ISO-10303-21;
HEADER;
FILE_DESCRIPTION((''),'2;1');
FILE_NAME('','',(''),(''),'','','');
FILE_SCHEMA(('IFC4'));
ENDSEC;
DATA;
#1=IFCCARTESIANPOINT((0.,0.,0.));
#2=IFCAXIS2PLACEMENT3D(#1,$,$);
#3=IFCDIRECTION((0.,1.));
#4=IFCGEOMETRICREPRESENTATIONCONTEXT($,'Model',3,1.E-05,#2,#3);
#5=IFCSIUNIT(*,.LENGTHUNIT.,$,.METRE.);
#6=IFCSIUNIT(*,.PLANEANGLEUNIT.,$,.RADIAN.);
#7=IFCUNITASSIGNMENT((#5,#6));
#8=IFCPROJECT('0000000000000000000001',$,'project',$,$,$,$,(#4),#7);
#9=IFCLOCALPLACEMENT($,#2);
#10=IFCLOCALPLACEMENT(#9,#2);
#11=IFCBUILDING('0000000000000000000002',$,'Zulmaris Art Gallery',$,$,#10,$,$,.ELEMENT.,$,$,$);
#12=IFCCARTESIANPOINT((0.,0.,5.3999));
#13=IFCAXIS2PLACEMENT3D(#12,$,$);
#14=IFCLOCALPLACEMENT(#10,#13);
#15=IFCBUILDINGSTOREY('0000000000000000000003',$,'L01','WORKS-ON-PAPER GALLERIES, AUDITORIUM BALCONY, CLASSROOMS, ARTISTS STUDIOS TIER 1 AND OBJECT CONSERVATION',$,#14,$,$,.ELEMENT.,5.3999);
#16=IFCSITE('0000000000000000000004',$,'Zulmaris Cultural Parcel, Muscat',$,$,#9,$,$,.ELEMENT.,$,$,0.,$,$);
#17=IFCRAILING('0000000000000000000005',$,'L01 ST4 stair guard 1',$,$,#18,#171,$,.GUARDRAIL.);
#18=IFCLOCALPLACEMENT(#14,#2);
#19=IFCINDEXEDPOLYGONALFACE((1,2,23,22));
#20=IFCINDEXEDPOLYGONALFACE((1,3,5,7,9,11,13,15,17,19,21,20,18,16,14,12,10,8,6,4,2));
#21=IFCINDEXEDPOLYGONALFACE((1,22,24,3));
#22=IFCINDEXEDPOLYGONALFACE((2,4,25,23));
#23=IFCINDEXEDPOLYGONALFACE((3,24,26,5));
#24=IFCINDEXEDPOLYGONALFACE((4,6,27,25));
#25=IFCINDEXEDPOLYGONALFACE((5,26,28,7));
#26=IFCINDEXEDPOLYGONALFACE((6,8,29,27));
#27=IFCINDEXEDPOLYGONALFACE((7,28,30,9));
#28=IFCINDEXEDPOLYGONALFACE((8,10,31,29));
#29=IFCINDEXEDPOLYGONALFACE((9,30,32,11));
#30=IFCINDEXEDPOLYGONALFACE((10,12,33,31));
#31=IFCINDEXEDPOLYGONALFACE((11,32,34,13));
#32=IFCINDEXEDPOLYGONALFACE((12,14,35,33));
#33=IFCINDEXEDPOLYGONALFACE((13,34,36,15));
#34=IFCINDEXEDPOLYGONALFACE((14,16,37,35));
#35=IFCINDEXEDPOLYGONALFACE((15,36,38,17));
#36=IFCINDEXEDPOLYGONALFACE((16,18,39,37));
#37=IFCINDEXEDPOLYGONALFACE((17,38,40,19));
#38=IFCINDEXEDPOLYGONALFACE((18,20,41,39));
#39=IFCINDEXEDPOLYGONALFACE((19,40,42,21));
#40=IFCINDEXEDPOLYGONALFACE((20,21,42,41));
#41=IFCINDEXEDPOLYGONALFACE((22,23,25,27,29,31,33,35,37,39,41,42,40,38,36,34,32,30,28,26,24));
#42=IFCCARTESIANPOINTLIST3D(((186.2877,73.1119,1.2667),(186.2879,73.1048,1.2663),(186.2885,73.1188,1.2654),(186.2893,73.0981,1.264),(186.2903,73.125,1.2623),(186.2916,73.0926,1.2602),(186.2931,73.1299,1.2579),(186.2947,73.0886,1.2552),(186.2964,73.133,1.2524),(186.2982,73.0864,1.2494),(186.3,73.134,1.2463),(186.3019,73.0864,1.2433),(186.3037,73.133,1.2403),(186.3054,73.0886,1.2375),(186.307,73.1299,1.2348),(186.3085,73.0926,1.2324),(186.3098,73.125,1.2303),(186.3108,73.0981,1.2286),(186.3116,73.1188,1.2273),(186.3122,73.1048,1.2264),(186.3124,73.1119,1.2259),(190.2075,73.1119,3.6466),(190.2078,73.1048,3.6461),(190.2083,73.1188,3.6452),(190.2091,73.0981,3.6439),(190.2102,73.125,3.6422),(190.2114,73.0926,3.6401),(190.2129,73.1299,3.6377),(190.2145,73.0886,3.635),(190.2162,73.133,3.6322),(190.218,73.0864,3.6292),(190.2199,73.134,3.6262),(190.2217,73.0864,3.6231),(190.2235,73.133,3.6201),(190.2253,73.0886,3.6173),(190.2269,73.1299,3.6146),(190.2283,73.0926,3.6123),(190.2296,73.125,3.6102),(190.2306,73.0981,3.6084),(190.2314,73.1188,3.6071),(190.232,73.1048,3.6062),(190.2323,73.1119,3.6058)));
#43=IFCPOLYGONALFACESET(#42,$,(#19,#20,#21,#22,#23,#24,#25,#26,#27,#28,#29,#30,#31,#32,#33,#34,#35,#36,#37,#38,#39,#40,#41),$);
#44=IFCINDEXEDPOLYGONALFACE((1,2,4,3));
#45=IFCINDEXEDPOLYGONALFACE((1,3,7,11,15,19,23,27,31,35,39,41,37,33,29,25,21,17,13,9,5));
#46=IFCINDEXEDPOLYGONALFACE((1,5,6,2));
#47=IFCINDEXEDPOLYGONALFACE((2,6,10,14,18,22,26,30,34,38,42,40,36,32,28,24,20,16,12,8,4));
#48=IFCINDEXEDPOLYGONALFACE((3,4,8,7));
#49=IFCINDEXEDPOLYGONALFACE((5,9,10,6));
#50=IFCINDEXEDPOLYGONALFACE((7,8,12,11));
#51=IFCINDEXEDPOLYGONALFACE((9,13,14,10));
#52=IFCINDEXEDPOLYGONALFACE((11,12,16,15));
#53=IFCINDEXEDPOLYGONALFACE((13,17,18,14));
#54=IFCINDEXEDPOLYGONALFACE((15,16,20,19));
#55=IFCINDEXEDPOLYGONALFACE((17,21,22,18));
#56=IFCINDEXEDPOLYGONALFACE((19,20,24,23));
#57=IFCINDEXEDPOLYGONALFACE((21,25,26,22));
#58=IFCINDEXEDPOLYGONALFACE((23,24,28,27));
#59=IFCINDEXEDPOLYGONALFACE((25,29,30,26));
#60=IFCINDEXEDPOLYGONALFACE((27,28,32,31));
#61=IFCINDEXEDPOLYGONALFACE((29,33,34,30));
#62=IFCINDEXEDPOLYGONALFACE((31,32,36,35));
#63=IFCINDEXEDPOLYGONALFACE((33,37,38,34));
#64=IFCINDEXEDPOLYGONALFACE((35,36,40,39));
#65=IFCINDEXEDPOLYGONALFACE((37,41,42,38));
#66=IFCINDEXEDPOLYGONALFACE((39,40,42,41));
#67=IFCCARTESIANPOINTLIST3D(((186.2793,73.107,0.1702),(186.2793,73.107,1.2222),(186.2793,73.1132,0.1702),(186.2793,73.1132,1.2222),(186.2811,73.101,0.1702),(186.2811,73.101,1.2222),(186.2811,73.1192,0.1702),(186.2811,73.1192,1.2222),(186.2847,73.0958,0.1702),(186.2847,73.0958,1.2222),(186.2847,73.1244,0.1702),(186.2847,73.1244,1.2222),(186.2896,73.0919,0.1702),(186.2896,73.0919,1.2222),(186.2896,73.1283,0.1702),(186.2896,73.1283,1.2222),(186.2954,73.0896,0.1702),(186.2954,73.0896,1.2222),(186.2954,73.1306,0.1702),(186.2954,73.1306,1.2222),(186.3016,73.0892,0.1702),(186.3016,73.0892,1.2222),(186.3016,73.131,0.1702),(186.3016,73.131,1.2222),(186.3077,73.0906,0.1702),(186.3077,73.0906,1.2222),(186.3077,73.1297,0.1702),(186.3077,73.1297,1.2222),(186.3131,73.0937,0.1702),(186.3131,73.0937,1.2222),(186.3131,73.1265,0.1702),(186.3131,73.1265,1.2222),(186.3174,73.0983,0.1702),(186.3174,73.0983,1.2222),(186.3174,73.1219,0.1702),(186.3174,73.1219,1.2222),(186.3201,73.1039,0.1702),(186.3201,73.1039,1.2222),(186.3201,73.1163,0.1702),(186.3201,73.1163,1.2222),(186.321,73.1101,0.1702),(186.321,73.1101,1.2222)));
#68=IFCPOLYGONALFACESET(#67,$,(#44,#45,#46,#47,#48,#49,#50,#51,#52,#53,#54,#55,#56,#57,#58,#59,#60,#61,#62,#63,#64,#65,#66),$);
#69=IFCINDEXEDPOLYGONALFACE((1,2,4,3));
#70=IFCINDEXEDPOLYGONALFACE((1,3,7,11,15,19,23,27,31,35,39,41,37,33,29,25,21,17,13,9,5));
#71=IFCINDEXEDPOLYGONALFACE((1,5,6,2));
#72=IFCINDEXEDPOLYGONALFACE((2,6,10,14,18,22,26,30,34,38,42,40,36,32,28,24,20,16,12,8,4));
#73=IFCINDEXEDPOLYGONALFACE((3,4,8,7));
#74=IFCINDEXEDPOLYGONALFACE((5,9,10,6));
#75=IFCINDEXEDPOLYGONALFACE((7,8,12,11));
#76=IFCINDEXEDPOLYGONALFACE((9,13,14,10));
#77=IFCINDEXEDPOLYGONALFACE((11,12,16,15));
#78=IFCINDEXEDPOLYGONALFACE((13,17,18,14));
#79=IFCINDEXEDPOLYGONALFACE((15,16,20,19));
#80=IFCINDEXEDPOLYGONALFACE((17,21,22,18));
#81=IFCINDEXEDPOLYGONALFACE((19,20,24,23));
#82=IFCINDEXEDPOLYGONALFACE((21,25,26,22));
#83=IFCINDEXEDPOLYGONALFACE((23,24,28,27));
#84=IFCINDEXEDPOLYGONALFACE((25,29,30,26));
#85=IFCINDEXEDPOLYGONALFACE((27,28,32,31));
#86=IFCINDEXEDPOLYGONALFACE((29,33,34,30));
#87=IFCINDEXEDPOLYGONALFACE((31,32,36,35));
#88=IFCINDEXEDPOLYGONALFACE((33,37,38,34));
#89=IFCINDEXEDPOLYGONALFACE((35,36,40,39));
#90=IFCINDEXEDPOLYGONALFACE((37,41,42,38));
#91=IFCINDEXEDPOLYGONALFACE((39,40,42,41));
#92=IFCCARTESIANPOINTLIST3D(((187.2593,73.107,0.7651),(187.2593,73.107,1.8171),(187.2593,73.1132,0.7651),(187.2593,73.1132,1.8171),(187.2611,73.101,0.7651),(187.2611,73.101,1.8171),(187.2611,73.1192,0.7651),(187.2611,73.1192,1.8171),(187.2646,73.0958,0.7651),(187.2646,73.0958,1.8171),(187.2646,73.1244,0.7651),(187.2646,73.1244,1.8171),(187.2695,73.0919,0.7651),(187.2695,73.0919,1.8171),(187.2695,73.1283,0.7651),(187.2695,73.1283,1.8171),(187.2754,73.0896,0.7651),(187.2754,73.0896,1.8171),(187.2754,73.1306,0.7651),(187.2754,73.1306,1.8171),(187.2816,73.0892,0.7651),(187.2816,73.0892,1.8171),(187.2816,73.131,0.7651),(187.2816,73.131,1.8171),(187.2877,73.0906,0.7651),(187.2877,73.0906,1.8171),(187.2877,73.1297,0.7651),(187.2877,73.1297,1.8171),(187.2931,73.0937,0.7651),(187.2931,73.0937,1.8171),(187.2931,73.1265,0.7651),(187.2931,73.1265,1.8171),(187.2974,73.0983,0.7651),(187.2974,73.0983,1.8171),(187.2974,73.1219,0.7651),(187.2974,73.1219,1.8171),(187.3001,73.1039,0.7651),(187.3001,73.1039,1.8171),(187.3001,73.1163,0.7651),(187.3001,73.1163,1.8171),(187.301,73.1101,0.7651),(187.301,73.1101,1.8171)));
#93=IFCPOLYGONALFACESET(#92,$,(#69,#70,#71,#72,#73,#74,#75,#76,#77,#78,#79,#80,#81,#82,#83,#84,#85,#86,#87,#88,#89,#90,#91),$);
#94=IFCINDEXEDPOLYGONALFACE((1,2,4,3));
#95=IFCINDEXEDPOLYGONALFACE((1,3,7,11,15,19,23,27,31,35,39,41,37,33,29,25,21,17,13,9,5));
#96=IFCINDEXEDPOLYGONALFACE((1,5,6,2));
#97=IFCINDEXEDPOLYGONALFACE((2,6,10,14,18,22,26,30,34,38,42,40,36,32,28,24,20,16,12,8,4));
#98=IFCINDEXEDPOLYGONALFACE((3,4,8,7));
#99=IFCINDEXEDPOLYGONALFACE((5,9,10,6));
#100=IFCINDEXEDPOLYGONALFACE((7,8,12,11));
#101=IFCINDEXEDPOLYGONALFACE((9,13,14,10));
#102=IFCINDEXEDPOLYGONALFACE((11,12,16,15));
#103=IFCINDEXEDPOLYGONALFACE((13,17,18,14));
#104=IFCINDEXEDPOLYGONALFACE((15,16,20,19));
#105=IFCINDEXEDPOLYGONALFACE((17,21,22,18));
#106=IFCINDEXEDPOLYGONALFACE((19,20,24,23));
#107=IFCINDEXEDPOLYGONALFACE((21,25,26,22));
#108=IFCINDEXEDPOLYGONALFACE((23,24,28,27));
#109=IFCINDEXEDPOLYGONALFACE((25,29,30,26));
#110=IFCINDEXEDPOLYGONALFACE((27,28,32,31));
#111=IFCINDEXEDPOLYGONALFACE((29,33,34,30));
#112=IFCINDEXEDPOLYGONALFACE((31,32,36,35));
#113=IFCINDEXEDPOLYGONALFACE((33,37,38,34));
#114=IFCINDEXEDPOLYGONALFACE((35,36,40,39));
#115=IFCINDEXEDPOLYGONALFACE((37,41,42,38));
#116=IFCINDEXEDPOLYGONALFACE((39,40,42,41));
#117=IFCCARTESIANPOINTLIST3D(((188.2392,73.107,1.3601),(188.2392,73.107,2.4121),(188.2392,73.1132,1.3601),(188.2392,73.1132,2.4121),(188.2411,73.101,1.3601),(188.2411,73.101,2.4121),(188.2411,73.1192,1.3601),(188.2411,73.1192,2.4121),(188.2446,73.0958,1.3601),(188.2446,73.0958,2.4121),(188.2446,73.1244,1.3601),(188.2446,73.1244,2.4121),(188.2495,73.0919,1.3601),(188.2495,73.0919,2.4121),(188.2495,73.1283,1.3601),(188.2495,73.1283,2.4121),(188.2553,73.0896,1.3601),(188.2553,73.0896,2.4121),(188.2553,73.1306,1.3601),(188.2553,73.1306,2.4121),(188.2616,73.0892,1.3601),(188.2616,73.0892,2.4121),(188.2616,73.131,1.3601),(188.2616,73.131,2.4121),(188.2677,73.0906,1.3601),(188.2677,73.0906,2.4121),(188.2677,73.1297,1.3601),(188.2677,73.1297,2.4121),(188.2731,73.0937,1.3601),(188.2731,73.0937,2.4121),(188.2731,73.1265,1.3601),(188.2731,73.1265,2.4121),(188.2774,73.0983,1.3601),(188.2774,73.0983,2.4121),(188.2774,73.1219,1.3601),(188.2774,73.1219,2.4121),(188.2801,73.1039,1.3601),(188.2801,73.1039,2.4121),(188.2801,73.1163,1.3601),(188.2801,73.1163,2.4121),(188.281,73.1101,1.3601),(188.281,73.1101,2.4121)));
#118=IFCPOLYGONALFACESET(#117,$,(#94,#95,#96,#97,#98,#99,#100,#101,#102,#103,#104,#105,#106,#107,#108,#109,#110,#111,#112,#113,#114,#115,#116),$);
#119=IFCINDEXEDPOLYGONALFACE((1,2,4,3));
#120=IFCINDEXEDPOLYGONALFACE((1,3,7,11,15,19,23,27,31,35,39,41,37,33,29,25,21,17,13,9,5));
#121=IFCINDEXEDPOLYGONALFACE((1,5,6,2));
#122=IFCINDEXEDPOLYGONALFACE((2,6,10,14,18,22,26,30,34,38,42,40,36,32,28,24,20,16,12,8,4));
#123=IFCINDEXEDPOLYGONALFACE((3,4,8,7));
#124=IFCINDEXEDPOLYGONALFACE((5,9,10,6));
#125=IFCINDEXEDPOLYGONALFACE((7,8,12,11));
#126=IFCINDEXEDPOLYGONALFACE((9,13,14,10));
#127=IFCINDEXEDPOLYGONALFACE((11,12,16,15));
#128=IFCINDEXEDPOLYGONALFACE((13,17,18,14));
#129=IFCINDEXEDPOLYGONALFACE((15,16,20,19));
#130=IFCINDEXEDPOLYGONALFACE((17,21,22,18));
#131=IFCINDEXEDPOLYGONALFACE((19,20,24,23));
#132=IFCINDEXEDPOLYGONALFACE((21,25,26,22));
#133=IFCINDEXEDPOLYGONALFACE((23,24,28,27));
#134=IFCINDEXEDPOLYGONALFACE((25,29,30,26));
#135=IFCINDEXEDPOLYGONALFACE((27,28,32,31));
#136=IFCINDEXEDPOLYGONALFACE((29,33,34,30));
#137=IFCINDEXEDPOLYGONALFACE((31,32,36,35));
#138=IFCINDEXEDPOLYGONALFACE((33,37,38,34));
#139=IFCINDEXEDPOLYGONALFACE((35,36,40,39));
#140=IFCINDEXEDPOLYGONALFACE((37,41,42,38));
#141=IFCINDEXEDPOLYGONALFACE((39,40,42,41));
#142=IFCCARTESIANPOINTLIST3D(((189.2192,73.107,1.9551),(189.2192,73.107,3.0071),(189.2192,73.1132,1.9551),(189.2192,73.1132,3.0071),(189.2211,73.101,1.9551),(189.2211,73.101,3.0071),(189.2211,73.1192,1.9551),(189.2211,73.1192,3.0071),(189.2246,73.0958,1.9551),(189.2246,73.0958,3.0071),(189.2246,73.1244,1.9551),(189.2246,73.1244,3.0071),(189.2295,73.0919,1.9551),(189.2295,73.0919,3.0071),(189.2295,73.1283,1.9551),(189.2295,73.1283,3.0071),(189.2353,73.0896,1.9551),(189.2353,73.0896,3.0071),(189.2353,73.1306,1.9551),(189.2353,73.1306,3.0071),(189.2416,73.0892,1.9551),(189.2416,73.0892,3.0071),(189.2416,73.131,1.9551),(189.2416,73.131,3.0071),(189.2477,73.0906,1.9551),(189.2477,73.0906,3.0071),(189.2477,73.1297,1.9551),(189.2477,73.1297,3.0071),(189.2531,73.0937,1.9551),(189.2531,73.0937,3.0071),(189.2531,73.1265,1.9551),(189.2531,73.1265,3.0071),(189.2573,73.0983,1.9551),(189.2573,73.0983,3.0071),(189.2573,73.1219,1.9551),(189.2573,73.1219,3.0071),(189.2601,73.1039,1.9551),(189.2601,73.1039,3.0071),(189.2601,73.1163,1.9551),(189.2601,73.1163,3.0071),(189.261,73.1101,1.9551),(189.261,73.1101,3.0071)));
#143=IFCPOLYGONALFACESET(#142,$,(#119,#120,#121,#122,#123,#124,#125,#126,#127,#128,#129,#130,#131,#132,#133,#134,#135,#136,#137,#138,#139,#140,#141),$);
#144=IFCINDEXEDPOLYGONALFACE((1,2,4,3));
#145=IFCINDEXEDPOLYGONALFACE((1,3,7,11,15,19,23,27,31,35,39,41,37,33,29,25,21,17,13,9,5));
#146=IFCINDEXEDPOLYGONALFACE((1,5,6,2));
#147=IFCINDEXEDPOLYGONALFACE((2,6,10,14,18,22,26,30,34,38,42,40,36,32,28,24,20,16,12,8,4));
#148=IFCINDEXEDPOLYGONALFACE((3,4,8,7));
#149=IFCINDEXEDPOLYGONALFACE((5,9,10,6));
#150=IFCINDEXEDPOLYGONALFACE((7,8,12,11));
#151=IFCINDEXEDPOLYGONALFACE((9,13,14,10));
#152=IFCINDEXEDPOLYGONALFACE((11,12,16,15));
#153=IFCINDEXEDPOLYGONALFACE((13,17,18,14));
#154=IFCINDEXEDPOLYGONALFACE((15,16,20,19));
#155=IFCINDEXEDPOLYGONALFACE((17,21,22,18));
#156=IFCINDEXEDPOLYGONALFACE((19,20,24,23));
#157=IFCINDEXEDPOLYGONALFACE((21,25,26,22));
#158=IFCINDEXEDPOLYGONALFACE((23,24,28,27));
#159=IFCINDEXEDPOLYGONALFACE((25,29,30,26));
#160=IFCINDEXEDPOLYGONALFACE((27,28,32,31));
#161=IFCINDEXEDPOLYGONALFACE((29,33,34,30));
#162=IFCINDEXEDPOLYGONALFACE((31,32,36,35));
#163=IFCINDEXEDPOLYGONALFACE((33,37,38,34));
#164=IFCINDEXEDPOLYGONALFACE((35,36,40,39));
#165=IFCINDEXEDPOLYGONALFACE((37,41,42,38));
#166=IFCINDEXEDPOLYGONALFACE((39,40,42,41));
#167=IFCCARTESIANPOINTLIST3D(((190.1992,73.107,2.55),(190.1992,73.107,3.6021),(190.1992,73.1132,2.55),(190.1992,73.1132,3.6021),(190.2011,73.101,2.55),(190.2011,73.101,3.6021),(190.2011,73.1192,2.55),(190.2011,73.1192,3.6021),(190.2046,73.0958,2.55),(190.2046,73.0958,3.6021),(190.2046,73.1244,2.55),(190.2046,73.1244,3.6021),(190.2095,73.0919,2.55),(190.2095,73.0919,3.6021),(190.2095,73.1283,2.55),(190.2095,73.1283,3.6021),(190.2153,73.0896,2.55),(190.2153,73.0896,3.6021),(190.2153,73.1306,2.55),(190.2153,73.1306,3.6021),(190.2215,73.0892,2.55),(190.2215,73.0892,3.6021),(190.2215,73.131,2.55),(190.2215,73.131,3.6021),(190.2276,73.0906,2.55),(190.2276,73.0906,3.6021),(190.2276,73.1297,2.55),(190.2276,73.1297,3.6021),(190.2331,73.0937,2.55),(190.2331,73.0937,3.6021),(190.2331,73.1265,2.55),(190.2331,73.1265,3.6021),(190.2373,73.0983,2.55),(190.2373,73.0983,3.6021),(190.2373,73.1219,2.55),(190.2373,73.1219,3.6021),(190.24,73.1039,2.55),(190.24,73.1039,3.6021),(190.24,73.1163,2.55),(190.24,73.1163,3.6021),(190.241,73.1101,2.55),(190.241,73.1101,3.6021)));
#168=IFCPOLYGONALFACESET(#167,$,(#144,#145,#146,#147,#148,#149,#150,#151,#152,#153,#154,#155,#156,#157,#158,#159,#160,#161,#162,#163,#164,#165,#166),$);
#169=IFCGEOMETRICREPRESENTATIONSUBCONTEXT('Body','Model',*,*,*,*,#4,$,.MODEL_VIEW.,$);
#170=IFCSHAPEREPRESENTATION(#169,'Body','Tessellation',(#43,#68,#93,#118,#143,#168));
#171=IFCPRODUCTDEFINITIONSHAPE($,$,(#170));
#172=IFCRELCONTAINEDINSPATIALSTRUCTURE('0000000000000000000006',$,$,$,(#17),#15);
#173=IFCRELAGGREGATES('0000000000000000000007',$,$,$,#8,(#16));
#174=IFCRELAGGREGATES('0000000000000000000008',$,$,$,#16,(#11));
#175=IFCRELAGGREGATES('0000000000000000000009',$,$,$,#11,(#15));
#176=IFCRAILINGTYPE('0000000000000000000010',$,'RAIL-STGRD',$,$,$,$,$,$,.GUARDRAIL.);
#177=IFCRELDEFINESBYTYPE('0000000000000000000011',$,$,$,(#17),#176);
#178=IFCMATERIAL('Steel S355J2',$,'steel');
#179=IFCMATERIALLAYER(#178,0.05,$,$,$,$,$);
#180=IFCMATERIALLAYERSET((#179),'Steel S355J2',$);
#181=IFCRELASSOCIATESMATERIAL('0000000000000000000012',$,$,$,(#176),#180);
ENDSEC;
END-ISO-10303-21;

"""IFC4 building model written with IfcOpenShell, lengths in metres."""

from ifc_helpers import new_model, si_unit, direction, frame, origin, origin_2d, place, context, subcontext, project, spatial, circle, extrude, material, layer, layer_set, type_object, element, save


model = new_model("IFC4")

# Units and contexts
model_context = context("Model", 3, precision=1e-05, world=origin(), true_north=direction((0.0, 1.0)))
body_context = subcontext(model_context, "Body", "Model", "MODEL_VIEW")
ifc_project = project(units=[si_unit("LENGTHUNIT", "METRE"), si_unit("PLANEANGLEUNIT", "RADIAN")], contexts=[model_context])

# Site, building, storey
site_placement = place(None, origin())
site = spatial("IfcSite", under=ifc_project, at=site_placement, Name="Zulmaris Cultural Parcel, Muscat", CompositionType="ELEMENT", RefElevation=0.0)
building_placement = place(site_placement, origin())
building = spatial("IfcBuilding", under=site, at=building_placement, Name="Zulmaris Art Gallery", CompositionType="ELEMENT")
storey_placement = place(building_placement, frame((0.0, 0.0, 5.3999)))
storey = spatial("IfcBuildingStorey", under=building, at=storey_placement, Name="L01", Description="WORKS-ON-PAPER GALLERIES, AUDITORIUM BALCONY, CLASSROOMS, ARTISTS STUDIOS TIER 1 AND OBJECT CONSERVATION", CompositionType="ELEMENT", Elevation=5.3999)

# Shared definitions
ifc_material_1 = material(Name="Steel S355J2", Category="steel")

# Railing
ifc_layer_1 = layer(ifc_material_1, 0.05)
ifc_layer_set_1 = layer_set([ifc_layer_1], Name="Steel S355J2")
railing_type_1 = type_object("IfcRailingType", Name="RAIL-STGRD", PredefinedType="GUARDRAIL", material=ifc_layer_set_1)
railing_1_placement = place(storey_placement, frame((186.3, 73.1101, 0.1702)))
element("IfcRailing", 1, at=railing_1_placement, inside=storey, type_object=railing_type_1, Name="L01 ST4 stair guard 1", PredefinedType="GUARDRAIL", context=body_context, shape_type="SweptSolid", body=[
    extrude(circle(Radius=0.0239, at=origin_2d()), frame((0.0, 0.0, 1.0762), z_axis=(0.854794, 0.0, 0.518967), x_axis=(0.0, 1.0, 0.0)), (0.0, 0.0, 1.0), 4.5857),
    extrude(circle(Radius=0.021, at=origin_2d()), origin(), (0.0, 0.0, 1.0), 1.052),
    extrude(circle(Radius=0.021, at=origin_2d()), frame((0.98, 0.0, 0.595)), (0.0, 0.0, 1.0), 1.052),
    extrude(circle(Radius=0.021, at=origin_2d()), frame((1.96, 0.0, 1.1899)), (0.0, 0.0, 1.0), 1.052),
    extrude(circle(Radius=0.021, at=origin_2d()), frame((2.9399, 0.0, 1.7849)), (0.0, 0.0, 1.0), 1.052),
    extrude(circle(Radius=0.021, at=origin_2d()), frame((3.9199, 0.0, 2.3799)), (0.0, 0.0, 1.0), 1.052),
])

save(model, "model.ifc")
